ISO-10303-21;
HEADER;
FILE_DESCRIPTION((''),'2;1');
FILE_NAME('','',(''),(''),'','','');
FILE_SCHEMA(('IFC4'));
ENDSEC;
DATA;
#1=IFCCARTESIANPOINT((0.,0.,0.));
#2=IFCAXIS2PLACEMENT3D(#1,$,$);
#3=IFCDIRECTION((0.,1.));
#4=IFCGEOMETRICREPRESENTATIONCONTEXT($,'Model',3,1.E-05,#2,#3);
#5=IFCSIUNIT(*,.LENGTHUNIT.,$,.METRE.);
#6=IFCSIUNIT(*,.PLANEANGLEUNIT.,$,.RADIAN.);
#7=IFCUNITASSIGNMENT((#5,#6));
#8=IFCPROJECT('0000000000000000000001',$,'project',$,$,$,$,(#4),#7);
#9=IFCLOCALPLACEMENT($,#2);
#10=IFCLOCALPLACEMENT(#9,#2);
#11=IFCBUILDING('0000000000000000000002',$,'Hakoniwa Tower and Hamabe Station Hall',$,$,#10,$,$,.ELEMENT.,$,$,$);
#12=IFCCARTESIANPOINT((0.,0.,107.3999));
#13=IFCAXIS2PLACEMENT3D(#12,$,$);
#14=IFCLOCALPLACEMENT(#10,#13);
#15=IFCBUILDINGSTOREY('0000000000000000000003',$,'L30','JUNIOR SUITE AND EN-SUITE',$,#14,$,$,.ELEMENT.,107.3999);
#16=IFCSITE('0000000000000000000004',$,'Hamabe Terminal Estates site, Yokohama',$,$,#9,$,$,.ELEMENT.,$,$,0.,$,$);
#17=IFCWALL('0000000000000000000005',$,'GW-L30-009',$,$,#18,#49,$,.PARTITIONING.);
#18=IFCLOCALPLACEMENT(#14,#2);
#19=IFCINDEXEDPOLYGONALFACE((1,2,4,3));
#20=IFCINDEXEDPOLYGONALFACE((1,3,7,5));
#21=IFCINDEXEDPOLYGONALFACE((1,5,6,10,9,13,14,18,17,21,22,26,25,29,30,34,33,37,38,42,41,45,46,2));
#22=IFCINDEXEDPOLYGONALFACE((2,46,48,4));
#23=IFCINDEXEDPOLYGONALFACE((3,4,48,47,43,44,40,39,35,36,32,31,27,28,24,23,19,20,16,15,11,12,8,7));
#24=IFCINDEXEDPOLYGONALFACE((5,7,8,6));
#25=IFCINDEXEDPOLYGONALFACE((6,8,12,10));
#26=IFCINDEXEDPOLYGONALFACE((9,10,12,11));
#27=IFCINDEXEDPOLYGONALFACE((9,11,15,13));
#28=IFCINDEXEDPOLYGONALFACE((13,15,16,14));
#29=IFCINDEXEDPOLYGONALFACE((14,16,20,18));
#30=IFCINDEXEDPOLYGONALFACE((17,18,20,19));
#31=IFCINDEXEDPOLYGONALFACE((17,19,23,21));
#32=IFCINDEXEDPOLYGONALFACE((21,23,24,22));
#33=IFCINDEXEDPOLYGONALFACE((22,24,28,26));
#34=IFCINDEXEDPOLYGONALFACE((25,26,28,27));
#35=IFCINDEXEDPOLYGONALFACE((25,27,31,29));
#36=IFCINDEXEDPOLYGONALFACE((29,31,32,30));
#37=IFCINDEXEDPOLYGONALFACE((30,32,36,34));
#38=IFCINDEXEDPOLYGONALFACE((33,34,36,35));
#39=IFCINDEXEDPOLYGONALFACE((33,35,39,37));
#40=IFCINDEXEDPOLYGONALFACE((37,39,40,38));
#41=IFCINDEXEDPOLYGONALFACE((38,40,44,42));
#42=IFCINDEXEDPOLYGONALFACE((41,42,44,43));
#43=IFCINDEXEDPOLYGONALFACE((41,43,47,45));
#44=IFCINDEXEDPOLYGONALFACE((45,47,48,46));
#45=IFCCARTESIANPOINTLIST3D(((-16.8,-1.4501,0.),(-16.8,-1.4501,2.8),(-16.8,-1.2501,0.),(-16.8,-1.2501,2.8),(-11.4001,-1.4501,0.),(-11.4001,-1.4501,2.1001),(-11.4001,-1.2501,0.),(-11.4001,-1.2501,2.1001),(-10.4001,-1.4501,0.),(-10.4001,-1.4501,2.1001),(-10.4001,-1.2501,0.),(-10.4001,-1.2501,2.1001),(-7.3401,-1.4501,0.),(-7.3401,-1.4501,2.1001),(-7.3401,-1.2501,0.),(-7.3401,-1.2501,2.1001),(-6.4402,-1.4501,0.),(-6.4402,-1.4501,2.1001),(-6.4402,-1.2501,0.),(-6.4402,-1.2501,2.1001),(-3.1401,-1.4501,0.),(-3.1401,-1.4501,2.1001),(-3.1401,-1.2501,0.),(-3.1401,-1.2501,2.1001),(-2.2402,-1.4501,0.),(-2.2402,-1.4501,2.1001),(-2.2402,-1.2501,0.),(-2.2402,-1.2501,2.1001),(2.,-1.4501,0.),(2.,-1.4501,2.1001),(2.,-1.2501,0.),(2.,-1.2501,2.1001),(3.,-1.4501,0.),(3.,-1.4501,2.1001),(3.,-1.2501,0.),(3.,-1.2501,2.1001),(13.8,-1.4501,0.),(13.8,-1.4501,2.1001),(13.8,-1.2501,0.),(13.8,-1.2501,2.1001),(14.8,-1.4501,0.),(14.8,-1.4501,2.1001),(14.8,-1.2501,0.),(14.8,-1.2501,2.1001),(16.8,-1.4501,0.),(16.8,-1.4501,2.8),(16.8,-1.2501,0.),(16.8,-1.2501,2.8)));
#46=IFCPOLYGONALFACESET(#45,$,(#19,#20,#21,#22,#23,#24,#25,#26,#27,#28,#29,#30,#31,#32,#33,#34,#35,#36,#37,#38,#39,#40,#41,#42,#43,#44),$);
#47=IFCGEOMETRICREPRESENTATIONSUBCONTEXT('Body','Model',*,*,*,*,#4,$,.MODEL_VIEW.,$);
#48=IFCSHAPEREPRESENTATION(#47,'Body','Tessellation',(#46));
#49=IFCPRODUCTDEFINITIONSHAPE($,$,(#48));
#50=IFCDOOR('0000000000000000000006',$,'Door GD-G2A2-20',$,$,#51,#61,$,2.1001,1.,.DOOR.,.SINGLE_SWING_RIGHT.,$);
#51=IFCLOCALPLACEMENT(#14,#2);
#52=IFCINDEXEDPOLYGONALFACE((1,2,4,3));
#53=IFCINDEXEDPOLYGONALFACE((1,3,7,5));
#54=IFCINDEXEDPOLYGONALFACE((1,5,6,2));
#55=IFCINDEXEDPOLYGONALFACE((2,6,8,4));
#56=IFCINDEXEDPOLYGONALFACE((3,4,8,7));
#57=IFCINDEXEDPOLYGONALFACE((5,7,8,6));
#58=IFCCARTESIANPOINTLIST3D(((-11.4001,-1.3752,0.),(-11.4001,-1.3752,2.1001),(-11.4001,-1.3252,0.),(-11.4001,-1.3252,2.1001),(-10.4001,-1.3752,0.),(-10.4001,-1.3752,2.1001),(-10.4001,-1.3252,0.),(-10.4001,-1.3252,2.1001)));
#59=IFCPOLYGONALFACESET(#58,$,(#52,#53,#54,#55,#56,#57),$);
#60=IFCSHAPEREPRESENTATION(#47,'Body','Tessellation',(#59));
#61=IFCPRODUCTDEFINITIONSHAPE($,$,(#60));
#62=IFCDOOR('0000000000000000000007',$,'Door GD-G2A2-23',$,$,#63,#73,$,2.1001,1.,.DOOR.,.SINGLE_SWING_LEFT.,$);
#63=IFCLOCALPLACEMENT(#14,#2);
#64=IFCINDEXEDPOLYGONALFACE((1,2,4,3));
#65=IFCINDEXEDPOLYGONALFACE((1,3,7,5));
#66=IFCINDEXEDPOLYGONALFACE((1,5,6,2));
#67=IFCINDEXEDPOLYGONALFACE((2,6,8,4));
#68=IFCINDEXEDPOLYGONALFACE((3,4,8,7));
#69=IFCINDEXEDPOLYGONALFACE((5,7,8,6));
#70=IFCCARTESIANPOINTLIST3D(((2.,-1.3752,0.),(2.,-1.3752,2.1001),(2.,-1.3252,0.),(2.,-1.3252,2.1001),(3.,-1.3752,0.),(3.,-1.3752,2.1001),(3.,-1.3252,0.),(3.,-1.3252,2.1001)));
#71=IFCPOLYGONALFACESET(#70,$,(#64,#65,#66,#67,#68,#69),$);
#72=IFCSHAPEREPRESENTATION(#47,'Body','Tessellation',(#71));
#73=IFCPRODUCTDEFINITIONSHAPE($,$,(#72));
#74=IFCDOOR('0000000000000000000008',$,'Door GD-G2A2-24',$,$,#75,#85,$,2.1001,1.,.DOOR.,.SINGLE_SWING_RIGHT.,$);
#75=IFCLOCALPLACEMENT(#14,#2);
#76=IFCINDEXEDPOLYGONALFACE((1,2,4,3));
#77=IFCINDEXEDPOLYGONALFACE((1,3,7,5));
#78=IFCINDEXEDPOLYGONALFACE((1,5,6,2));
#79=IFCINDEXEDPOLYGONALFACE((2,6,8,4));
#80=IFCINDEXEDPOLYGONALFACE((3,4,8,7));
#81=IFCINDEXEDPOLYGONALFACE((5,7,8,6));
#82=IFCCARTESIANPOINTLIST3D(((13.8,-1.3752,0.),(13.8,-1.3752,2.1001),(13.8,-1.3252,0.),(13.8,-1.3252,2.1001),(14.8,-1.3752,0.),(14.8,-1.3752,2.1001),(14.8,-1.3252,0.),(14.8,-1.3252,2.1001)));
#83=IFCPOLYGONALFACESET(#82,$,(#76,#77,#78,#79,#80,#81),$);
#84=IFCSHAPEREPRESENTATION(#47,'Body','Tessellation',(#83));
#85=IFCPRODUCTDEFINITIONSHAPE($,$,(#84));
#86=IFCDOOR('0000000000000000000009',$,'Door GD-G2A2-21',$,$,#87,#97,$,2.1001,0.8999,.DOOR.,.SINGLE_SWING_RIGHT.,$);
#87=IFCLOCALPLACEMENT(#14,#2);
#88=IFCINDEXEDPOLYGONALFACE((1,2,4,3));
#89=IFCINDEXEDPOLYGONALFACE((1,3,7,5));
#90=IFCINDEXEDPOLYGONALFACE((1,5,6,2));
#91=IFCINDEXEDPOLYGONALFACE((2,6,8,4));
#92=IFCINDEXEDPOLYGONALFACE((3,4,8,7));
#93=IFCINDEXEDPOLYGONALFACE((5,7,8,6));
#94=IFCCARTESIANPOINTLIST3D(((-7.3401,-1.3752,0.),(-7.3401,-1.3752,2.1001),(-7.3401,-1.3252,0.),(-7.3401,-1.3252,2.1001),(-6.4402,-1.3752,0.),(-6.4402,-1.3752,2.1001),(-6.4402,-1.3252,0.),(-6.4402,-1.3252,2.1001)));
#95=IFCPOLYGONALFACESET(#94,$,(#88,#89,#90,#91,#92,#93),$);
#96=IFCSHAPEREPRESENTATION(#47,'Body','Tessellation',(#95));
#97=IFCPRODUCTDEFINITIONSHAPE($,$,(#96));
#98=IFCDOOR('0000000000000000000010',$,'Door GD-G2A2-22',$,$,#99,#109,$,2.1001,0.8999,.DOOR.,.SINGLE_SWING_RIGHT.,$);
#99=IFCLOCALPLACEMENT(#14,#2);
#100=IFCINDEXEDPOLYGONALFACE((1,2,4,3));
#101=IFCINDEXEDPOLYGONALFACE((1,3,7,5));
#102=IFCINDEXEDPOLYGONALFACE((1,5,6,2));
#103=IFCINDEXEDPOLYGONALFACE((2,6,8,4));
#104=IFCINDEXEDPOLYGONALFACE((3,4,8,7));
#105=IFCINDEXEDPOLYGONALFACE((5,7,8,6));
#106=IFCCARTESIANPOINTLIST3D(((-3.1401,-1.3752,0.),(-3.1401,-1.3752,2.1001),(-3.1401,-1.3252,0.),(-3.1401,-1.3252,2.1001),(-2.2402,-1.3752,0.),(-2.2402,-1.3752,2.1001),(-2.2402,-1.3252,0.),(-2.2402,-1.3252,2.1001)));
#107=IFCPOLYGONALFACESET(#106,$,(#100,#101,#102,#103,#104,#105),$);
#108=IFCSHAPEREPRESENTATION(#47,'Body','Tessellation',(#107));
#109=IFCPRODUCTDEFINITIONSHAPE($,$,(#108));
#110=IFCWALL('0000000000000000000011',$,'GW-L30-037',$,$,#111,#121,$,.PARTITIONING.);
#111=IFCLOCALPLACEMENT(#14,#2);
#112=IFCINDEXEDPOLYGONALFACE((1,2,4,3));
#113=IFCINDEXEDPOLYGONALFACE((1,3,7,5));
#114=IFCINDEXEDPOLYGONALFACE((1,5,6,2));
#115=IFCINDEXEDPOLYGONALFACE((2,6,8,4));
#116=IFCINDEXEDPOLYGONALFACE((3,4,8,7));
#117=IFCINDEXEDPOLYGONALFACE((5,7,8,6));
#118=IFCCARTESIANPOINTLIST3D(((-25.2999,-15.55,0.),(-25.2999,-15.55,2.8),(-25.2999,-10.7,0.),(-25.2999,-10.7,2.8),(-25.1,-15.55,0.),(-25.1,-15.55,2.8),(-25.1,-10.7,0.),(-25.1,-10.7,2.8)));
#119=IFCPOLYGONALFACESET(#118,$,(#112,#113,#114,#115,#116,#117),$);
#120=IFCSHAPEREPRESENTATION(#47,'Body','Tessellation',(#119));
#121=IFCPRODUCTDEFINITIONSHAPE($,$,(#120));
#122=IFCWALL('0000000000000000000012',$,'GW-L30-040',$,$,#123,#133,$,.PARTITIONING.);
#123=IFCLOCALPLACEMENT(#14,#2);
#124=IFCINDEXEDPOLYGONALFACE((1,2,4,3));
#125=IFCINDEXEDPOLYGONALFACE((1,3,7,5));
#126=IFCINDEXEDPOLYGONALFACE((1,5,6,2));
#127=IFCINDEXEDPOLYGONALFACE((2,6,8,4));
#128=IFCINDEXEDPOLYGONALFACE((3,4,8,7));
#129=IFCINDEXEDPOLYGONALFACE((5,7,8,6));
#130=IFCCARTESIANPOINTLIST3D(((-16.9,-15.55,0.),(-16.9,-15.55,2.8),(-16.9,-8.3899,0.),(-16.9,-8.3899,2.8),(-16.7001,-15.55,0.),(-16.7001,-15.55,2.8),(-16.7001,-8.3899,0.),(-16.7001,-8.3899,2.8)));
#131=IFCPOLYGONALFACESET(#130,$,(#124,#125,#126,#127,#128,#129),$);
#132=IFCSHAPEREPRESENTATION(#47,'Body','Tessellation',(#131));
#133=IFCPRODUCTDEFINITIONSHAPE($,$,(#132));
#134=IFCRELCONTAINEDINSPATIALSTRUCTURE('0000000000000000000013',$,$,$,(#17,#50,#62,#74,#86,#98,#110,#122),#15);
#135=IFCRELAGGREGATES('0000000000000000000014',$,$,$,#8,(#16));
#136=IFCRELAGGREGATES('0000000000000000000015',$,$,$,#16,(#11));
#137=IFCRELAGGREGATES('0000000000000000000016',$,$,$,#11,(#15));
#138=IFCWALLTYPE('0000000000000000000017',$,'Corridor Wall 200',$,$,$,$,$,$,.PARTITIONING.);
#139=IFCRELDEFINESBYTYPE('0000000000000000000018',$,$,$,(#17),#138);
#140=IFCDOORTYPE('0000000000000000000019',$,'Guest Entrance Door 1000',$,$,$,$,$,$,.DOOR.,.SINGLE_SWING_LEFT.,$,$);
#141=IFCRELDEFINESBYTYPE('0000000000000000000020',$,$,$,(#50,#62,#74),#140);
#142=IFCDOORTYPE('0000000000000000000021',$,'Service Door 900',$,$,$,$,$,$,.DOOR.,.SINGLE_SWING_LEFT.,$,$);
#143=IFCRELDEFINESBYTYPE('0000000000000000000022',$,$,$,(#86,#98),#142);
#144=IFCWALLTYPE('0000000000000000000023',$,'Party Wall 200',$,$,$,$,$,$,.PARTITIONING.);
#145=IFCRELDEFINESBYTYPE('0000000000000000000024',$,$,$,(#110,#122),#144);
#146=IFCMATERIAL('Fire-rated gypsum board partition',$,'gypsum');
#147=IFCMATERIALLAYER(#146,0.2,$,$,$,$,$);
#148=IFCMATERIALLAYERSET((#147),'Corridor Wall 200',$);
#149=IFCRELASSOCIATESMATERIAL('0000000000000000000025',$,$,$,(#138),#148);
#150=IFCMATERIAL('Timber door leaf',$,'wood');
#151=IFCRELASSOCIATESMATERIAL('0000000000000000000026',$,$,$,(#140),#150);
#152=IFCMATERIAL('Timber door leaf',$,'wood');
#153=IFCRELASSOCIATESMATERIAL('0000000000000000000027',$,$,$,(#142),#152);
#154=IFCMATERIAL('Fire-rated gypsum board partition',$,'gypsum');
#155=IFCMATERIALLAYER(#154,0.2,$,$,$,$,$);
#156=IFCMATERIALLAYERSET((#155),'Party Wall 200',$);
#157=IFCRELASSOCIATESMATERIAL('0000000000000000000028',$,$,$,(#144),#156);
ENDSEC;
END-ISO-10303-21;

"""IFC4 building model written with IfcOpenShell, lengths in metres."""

from ifc_helpers import new_model, si_unit, direction, frame, frame_2d, origin, place, context, subcontext, project, spatial, rectangle, extrude, material, layer, layer_set, type_object, element, fill, save


model = new_model("IFC4")

# Units and contexts
model_context = context("Model", 3, precision=1e-05, world=origin(), true_north=direction((0.0, 1.0)))
body_context = subcontext(model_context, "Body", "Model", "MODEL_VIEW")
ifc_project = project(units=[si_unit("LENGTHUNIT", "METRE"), si_unit("PLANEANGLEUNIT", "RADIAN")], contexts=[model_context])

# Site, building, storey
site_placement = place(None, origin())
site = spatial("IfcSite", under=ifc_project, at=site_placement, Name="Hamabe Terminal Estates site, Yokohama", CompositionType="ELEMENT", RefElevation=0.0)
building_placement = place(site_placement, origin())
building = spatial("IfcBuilding", under=site, at=building_placement, Name="Hakoniwa Tower and Hamabe Station Hall", CompositionType="ELEMENT")
storey_placement = place(building_placement, frame((0.0, 0.0, 107.3999)))
storey = spatial("IfcBuildingStorey", under=building, at=storey_placement, Name="L30", Description="JUNIOR SUITE AND EN-SUITE", CompositionType="ELEMENT", Elevation=107.3999)

# Wall, openings, doors
ifc_material_1 = material(Name="Fire-rated gypsum board partition", Category="gypsum")
ifc_layer_1 = layer(ifc_material_1, 0.2)
ifc_layer_set_1 = layer_set([ifc_layer_1], Name="Corridor Wall 200")
wall_type_1 = type_object("IfcWallType", Name="Corridor Wall 200", PredefinedType="PARTITIONING", material=ifc_layer_set_1)
wall_1_placement = place(storey_placement, frame((-16.8, -1.3501, 0.0), z_axis=(0.0, 0.0, 1.0), x_axis=(1.0, 0.0, 0.0)))
wall_1 = element("IfcWall", 1, at=wall_1_placement, inside=storey, type_object=wall_type_1, Name="GW-L30-009", PredefinedType="PARTITIONING", context=body_context, shape_type="SweptSolid", body=[
    extrude(rectangle(XDim=33.6001, YDim=0.2, at=frame_2d((16.8, 0.0))), origin(), (0.0, 0.0, 1.0), 2.8),
])
opening_1_placement = place(wall_1_placement, frame((5.3999, 0.0, 0.0)))
opening_1 = element("IfcOpeningElement", 2, at=opening_1_placement, cuts=wall_1, PredefinedType="OPENING", context=body_context, shape_type="SweptSolid", body=[
    extrude(rectangle(XDim=1.0, YDim=2.1001, at=frame_2d((0.5, 1.05))), frame((0.0, 0.1099, 0.0), z_axis=(0.0, -1.0, 0.0), x_axis=(1.0, 0.0, 0.0)), (0.0, 0.0, 1.0), 0.22),
])
opening_2_placement = place(wall_1_placement, frame((9.46, 0.0, 0.0)))
opening_2 = element("IfcOpeningElement", 3, at=opening_2_placement, cuts=wall_1, PredefinedType="OPENING", context=body_context, shape_type="SweptSolid", body=[
    extrude(rectangle(XDim=0.8999, YDim=2.1001, at=frame_2d((0.45, 1.05))), frame((0.0, 0.1099, 0.0), z_axis=(0.0, -1.0, 0.0), x_axis=(1.0, 0.0, 0.0)), (0.0, 0.0, 1.0), 0.22),
])
opening_3_placement = place(wall_1_placement, frame((13.6599, 0.0, 0.0)))
opening_3 = element("IfcOpeningElement", 4, at=opening_3_placement, cuts=wall_1, PredefinedType="OPENING", context=body_context, shape_type="SweptSolid", body=[
    extrude(rectangle(XDim=0.8999, YDim=2.1001, at=frame_2d((0.45, 1.05))), frame((0.0, 0.1099, 0.0), z_axis=(0.0, -1.0, 0.0), x_axis=(1.0, 0.0, 0.0)), (0.0, 0.0, 1.0), 0.22),
])
opening_4_placement = place(wall_1_placement, frame((18.8, 0.0, 0.0)))
opening_4 = element("IfcOpeningElement", 5, at=opening_4_placement, cuts=wall_1, PredefinedType="OPENING", context=body_context, shape_type="SweptSolid", body=[
    extrude(rectangle(XDim=1.0, YDim=2.1001, at=frame_2d((0.5, 1.05))), frame((0.0, 0.1099, 0.0), z_axis=(0.0, -1.0, 0.0), x_axis=(1.0, 0.0, 0.0)), (0.0, 0.0, 1.0), 0.22),
])
opening_5_placement = place(wall_1_placement, frame((30.6001, 0.0, 0.0)))
opening_5 = element("IfcOpeningElement", 6, at=opening_5_placement, cuts=wall_1, PredefinedType="OPENING", context=body_context, shape_type="SweptSolid", body=[
    extrude(rectangle(XDim=1.0, YDim=2.1001, at=frame_2d((0.5, 1.05))), frame((0.0, 0.1099, 0.0), z_axis=(0.0, -1.0, 0.0), x_axis=(1.0, 0.0, 0.0)), (0.0, 0.0, 1.0), 0.22),
])
ifc_material_2 = material(Name="Timber door leaf", Category="wood")
door_type_1 = type_object("IfcDoorType", Name="Guest Entrance Door 1000", OperationType="SINGLE_SWING_LEFT", PredefinedType="DOOR", material=ifc_material_2)
door_1_placement = place(opening_1_placement, origin())
door_1 = element("IfcDoor", 7, at=door_1_placement, inside=storey, type_object=door_type_1, Name="Door GD-G2A2-20", OperationType="SINGLE_SWING_RIGHT", OverallHeight=2.1001, OverallWidth=1.0, PredefinedType="DOOR", context=body_context, shape_type="SweptSolid", body=[
    extrude(rectangle(XDim=1.0, YDim=2.1001, at=frame_2d((0.5, 1.05))), frame((0.0, 0.0249, 0.0), z_axis=(0.0, -1.0, 0.0), x_axis=(1.0, 0.0, 0.0)), (0.0, 0.0, 1.0), 0.05),
])
fill(opening_1, door_1)
door_2_placement = place(opening_4_placement, origin())
door_2 = element("IfcDoor", 8, at=door_2_placement, inside=storey, type_object=door_type_1, Name="Door GD-G2A2-23", OperationType="SINGLE_SWING_LEFT", OverallHeight=2.1001, OverallWidth=1.0, PredefinedType="DOOR", context=body_context, shape_type="SweptSolid", body=[
    extrude(rectangle(XDim=1.0, YDim=2.1001, at=frame_2d((0.5, 1.05))), frame((0.0, 0.0249, 0.0), z_axis=(0.0, -1.0, 0.0), x_axis=(1.0, 0.0, 0.0)), (0.0, 0.0, 1.0), 0.05),
])
fill(opening_4, door_2)
door_3_placement = place(opening_5_placement, origin())
door_3 = element("IfcDoor", 9, at=door_3_placement, inside=storey, type_object=door_type_1, Name="Door GD-G2A2-24", OperationType="SINGLE_SWING_RIGHT", OverallHeight=2.1001, OverallWidth=1.0, PredefinedType="DOOR", context=body_context, shape_type="SweptSolid", body=[
    extrude(rectangle(XDim=1.0, YDim=2.1001, at=frame_2d((0.5, 1.05))), frame((0.0, 0.0249, 0.0), z_axis=(0.0, -1.0, 0.0), x_axis=(1.0, 0.0, 0.0)), (0.0, 0.0, 1.0), 0.05),
])
fill(opening_5, door_3)
ifc_material_3 = material(Name="Timber door leaf", Category="wood")
door_type_2 = type_object("IfcDoorType", Name="Service Door 900", OperationType="SINGLE_SWING_LEFT", PredefinedType="DOOR", material=ifc_material_3)
door_4_placement = place(opening_2_placement, origin())
door_4 = element("IfcDoor", 10, at=door_4_placement, inside=storey, type_object=door_type_2, Name="Door GD-G2A2-21", OperationType="SINGLE_SWING_RIGHT", OverallHeight=2.1001, OverallWidth=0.8999, PredefinedType="DOOR", context=body_context, shape_type="SweptSolid", body=[
    extrude(rectangle(XDim=0.8999, YDim=2.1001, at=frame_2d((0.45, 1.05))), frame((0.0, 0.0249, 0.0), z_axis=(0.0, -1.0, 0.0), x_axis=(1.0, 0.0, 0.0)), (0.0, 0.0, 1.0), 0.05),
])
fill(opening_2, door_4)
door_5_placement = place(opening_3_placement, origin())
door_5 = element("IfcDoor", 11, at=door_5_placement, inside=storey, type_object=door_type_2, Name="Door GD-G2A2-22", OperationType="SINGLE_SWING_RIGHT", OverallHeight=2.1001, OverallWidth=0.8999, PredefinedType="DOOR", context=body_context, shape_type="SweptSolid", body=[
    extrude(rectangle(XDim=0.8999, YDim=2.1001, at=frame_2d((0.45, 1.05))), frame((0.0, 0.0249, 0.0), z_axis=(0.0, -1.0, 0.0), x_axis=(1.0, 0.0, 0.0)), (0.0, 0.0, 1.0), 0.05),
])
fill(opening_3, door_5)

# Walls
ifc_material_4 = material(Name="Fire-rated gypsum board partition", Category="gypsum")
ifc_layer_2 = layer(ifc_material_4, 0.2)
ifc_layer_set_2 = layer_set([ifc_layer_2], Name="Party Wall 200")
wall_type_2 = type_object("IfcWallType", Name="Party Wall 200", PredefinedType="PARTITIONING", material=ifc_layer_set_2)
wall_2_placement = place(storey_placement, frame((-25.2, -15.55, 0.0), z_axis=(0.0, 0.0, 1.0), x_axis=(0.0, 1.0, 0.0)))
element("IfcWall", 12, at=wall_2_placement, inside=storey, type_object=wall_type_2, Name="GW-L30-037", PredefinedType="PARTITIONING", context=body_context, shape_type="SweptSolid", body=[
    extrude(rectangle(XDim=4.8501, YDim=0.2, at=frame_2d((2.425, 0.0))), origin(), (0.0, 0.0, 1.0), 2.8),
])
wall_3_placement = place(storey_placement, frame((-16.8, -15.55, 0.0), z_axis=(0.0, 0.0, 1.0), x_axis=(0.0, 1.0, 0.0)))
element("IfcWall", 13, at=wall_3_placement, inside=storey, type_object=wall_type_2, Name="GW-L30-040", PredefinedType="PARTITIONING", context=body_context, shape_type="SweptSolid", body=[
    extrude(rectangle(XDim=7.1602, YDim=0.2, at=frame_2d((3.5801, 0.0))), origin(), (0.0, 0.0, 1.0), 2.8),
])

save(model, "model.ifc")
